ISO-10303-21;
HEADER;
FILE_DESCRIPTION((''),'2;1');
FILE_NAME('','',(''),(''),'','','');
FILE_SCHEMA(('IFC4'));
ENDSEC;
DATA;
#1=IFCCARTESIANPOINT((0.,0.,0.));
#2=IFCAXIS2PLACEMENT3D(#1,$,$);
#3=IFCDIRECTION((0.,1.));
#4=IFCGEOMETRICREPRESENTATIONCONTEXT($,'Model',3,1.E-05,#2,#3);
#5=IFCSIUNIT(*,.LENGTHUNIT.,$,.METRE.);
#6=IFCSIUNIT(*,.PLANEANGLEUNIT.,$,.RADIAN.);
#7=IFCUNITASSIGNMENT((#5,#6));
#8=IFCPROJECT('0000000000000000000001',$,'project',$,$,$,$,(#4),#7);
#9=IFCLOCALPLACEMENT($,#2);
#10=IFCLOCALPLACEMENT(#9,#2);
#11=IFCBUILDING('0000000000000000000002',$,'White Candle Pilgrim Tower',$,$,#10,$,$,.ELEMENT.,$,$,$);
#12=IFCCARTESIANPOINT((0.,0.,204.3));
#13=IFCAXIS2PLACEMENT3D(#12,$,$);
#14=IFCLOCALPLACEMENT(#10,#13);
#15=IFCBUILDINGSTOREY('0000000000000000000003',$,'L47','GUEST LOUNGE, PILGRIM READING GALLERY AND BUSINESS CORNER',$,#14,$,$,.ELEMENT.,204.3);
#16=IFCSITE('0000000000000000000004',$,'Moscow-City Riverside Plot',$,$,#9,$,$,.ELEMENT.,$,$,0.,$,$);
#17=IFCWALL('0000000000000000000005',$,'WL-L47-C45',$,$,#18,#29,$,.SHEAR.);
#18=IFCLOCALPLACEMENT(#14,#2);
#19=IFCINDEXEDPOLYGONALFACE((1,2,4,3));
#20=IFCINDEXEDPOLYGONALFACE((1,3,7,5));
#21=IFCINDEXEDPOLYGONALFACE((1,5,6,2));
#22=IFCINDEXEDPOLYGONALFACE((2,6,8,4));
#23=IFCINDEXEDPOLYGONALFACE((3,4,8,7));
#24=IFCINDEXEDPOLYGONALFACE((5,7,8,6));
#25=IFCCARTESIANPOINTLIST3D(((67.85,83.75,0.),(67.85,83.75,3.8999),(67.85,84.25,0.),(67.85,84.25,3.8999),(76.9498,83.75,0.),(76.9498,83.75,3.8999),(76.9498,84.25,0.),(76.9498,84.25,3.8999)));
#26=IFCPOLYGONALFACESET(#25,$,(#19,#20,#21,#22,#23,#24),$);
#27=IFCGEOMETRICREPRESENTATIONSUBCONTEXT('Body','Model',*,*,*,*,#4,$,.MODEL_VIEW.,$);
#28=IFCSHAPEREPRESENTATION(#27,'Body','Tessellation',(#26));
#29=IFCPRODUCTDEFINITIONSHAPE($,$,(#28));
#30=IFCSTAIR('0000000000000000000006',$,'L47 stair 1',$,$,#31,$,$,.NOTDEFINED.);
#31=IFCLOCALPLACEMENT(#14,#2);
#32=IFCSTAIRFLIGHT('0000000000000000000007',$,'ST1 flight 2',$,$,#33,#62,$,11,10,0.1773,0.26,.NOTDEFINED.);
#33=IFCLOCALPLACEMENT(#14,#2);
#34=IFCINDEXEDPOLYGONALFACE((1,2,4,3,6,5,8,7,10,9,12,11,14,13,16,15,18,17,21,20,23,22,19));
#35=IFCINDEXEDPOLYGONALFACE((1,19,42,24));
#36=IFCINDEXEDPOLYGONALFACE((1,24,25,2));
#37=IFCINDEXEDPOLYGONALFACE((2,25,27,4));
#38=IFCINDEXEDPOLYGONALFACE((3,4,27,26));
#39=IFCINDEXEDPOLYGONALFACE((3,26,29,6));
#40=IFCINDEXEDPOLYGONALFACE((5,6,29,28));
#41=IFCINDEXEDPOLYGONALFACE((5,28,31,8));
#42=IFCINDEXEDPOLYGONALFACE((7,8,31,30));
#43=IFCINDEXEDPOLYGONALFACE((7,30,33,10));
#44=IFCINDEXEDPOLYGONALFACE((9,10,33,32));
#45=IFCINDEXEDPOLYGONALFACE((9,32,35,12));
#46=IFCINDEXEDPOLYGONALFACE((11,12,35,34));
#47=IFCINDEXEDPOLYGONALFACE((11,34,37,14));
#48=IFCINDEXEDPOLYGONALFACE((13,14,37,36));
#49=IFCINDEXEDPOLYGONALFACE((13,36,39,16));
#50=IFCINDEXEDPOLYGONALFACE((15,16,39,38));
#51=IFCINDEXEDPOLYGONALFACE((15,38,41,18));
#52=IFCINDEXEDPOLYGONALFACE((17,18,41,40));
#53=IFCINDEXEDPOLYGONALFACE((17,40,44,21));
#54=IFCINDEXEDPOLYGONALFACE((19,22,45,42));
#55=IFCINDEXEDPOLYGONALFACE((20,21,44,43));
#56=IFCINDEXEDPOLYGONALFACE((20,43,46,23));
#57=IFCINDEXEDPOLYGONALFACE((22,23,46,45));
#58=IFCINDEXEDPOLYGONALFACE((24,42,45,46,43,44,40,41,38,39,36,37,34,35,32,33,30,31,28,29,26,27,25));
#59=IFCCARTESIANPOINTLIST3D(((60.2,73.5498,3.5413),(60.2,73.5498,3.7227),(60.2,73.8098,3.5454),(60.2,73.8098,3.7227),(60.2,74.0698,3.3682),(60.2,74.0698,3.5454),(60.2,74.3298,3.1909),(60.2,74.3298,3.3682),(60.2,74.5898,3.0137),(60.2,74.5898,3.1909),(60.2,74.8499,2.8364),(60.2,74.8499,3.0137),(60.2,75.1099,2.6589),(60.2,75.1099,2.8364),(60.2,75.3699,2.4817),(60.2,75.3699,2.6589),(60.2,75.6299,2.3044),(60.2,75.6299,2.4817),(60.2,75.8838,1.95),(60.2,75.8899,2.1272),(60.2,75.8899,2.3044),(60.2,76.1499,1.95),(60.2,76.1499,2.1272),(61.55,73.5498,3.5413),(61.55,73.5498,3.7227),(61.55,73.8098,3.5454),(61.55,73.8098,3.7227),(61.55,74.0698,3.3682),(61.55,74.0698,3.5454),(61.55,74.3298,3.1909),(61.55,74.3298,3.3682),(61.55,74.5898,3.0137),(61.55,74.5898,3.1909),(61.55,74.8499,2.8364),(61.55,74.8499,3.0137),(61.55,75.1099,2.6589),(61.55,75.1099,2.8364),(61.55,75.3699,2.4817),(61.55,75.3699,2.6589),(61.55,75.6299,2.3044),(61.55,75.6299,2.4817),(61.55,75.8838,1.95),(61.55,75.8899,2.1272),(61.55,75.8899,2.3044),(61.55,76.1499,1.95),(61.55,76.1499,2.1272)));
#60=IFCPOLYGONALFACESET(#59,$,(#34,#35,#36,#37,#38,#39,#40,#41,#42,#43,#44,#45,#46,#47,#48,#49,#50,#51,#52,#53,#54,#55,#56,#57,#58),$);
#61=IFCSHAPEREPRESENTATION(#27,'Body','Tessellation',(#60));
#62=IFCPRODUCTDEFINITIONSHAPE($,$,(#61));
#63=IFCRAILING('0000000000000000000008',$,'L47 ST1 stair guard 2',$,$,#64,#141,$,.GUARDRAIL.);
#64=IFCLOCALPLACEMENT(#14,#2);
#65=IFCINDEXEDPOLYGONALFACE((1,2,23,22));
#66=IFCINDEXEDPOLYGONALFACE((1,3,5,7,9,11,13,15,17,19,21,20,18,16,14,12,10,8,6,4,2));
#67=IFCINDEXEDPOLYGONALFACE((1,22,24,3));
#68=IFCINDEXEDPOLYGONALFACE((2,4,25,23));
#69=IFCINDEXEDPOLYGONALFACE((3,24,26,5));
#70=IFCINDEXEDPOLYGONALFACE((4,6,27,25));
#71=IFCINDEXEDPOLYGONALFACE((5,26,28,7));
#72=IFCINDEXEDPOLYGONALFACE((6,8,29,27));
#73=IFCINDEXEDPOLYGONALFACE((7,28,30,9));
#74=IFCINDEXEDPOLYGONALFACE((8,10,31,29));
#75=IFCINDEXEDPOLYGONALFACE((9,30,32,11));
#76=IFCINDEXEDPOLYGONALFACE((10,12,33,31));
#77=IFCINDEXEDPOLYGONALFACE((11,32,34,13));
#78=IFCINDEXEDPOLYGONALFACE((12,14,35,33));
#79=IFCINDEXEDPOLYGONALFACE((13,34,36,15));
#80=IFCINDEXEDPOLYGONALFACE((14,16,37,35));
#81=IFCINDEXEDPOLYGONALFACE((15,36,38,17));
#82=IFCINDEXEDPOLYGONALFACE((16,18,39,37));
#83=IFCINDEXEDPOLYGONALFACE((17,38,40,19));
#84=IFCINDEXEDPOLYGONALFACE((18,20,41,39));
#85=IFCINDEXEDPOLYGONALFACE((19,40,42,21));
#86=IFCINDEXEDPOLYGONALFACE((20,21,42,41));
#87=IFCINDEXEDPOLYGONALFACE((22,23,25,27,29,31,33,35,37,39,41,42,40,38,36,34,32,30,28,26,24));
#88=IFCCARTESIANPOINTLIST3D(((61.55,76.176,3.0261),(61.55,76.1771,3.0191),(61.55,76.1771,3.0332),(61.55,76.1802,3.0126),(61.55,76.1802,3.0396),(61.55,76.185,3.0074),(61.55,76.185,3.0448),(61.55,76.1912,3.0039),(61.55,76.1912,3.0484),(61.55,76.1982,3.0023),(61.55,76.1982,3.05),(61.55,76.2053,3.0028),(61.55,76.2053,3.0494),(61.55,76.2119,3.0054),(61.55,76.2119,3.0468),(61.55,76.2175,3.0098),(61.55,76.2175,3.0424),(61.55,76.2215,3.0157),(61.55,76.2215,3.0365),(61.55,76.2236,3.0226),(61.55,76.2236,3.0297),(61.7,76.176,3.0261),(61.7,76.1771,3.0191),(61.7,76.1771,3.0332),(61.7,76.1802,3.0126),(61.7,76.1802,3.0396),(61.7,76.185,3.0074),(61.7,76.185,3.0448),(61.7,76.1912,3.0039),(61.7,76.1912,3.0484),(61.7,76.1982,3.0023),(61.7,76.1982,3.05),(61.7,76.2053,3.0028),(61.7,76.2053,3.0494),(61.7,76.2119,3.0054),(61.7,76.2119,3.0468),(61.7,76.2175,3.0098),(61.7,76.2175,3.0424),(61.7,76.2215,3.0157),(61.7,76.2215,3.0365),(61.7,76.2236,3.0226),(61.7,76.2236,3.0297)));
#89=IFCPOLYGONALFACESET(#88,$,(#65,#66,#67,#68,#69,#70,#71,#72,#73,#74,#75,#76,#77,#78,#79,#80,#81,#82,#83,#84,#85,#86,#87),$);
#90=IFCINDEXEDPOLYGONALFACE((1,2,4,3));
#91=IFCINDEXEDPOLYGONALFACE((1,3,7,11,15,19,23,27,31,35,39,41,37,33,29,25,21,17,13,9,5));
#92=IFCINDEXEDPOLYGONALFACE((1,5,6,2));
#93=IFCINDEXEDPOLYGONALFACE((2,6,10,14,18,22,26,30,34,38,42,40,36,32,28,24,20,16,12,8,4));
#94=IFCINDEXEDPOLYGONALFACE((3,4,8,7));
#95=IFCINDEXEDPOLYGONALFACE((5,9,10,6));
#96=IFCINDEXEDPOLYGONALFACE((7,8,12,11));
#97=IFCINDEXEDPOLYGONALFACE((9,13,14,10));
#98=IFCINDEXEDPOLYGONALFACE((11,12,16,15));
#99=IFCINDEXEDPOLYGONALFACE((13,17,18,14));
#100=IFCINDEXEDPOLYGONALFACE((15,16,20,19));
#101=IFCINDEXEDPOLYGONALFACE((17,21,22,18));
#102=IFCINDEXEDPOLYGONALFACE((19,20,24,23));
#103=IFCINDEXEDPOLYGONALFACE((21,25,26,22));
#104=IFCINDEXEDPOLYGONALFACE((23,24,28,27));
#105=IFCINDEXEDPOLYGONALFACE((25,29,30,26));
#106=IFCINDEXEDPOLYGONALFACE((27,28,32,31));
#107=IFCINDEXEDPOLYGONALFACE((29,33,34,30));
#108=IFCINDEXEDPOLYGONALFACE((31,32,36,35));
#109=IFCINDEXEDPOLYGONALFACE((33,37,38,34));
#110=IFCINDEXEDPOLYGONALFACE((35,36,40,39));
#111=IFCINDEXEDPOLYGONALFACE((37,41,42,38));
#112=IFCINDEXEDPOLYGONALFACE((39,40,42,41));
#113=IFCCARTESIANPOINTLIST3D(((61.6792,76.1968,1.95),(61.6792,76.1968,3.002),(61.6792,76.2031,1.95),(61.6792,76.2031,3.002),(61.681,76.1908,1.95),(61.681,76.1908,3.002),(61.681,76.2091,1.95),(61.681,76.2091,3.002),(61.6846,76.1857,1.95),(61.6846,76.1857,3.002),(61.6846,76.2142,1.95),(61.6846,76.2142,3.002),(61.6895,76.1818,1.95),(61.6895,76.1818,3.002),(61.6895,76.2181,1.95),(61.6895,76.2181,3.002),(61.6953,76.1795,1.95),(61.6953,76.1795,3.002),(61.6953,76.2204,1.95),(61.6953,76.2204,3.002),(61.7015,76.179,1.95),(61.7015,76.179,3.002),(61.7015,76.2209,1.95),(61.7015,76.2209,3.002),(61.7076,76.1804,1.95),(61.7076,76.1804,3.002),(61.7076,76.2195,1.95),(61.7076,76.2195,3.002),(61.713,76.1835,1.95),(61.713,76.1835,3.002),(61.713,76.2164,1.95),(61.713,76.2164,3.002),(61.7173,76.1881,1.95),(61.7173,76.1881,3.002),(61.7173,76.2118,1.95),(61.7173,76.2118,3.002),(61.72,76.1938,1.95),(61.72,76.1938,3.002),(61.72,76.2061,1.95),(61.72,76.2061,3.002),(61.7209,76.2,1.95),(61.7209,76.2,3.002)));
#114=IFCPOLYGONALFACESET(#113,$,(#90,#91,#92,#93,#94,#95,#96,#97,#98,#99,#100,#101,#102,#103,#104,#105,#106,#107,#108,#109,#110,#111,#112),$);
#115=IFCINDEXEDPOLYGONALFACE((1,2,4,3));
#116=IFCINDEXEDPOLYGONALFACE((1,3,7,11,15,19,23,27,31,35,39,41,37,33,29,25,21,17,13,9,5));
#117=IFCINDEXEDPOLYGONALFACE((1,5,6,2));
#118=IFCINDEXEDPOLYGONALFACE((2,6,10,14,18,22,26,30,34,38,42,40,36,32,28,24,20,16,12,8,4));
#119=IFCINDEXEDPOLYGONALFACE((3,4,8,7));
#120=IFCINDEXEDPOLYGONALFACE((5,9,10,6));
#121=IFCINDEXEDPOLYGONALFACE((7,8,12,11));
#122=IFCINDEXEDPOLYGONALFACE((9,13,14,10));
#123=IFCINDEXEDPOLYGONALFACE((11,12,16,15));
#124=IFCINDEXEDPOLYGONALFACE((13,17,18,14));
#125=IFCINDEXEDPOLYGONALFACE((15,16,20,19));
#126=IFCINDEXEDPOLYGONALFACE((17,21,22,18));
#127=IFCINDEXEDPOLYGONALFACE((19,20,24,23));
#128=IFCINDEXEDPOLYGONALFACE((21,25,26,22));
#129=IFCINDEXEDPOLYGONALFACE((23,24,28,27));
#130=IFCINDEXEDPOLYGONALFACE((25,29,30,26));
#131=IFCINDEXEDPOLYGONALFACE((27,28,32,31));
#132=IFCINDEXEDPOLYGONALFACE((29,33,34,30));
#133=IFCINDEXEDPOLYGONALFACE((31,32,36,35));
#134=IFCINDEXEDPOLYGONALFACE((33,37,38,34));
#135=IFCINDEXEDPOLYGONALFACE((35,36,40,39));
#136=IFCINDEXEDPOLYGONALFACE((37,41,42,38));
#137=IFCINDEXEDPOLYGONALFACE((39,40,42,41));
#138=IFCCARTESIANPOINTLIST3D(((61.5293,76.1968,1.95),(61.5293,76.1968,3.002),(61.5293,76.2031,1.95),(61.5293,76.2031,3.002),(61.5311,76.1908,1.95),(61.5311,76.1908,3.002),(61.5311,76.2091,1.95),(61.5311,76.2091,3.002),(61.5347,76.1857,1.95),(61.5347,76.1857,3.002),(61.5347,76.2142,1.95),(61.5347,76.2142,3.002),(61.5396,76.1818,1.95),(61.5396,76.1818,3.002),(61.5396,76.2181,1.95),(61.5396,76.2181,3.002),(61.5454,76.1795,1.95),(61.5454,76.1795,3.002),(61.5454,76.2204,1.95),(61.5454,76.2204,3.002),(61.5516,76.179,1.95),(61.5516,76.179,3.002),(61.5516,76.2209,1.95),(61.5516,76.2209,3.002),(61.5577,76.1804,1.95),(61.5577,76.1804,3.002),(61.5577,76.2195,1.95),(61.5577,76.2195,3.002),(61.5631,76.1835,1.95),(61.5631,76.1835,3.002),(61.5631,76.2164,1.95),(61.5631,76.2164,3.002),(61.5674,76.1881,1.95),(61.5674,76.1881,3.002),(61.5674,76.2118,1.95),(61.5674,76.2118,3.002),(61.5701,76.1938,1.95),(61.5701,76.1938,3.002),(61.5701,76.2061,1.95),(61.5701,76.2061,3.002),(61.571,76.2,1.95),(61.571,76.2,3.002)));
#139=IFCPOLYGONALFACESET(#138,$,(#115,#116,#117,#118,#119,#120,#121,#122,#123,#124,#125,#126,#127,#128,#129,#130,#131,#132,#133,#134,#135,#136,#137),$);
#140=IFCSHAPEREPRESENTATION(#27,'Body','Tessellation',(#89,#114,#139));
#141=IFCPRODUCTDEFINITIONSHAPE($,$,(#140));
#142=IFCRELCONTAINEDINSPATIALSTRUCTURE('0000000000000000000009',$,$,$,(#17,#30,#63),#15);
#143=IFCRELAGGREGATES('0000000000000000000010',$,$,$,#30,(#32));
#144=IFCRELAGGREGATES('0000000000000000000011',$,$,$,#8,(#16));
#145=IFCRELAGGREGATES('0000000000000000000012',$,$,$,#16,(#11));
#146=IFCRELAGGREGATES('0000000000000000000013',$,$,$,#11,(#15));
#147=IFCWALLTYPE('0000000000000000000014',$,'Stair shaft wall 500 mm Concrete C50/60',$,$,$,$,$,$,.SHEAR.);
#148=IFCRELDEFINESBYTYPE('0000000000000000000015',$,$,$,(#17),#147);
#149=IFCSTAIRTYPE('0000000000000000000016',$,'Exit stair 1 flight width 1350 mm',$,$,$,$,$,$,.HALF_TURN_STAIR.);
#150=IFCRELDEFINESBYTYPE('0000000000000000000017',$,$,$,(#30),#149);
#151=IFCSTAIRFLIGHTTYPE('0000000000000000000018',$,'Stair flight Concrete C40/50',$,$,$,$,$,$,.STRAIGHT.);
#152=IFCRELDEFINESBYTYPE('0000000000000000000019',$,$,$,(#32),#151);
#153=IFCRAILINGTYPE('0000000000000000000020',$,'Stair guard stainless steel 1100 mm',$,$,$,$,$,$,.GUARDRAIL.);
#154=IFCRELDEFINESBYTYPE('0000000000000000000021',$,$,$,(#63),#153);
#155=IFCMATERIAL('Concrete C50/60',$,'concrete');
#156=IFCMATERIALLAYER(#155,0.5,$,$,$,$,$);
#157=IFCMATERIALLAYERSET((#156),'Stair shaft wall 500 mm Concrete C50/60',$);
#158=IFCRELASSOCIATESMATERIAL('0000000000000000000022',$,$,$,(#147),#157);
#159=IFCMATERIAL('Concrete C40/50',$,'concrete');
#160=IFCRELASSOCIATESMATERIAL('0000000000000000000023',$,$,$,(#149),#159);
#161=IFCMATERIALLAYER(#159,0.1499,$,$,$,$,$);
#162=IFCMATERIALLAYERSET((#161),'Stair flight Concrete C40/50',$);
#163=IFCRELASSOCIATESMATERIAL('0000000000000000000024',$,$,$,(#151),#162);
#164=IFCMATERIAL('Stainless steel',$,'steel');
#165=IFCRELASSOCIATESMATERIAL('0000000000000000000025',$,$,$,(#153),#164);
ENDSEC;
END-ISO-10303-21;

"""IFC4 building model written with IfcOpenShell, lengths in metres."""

from ifc_helpers import new_model, si_unit, direction, frame, frame_2d, origin, origin_2d, place, context, subcontext, project, spatial, polyline, rectangle, circle, outline, extrude, material, layer, layer_set, type_object, element, aggregate, save


model = new_model("IFC4")

# Units and contexts
model_context = context("Model", 3, precision=1e-05, world=origin(), true_north=direction((0.0, 1.0)))
body_context = subcontext(model_context, "Body", "Model", "MODEL_VIEW")
ifc_project = project(units=[si_unit("LENGTHUNIT", "METRE"), si_unit("PLANEANGLEUNIT", "RADIAN")], contexts=[model_context])

# Site, building, storey
site_placement = place(None, origin())
site = spatial("IfcSite", under=ifc_project, at=site_placement, Name="Moscow-City Riverside Plot", CompositionType="ELEMENT", RefElevation=0.0)
building_placement = place(site_placement, origin())
building = spatial("IfcBuilding", under=site, at=building_placement, Name="White Candle Pilgrim Tower", CompositionType="ELEMENT")
storey_placement = place(building_placement, frame((0.0, 0.0, 204.3)))
storey = spatial("IfcBuildingStorey", under=building, at=storey_placement, Name="L47", Description="GUEST LOUNGE, PILGRIM READING GALLERY AND BUSINESS CORNER", CompositionType="ELEMENT", Elevation=204.3)

# Shared definitions
ifc_material_1 = material(Name="Concrete C50/60", Category="concrete")

# Shared definitions
ifc_material_2 = material(Name="Stainless steel", Category="steel")

# Wall
ifc_layer_1 = layer(ifc_material_1, 0.5)
ifc_layer_set_1 = layer_set([ifc_layer_1], Name="Stair shaft wall 500 mm Concrete C50/60")
wall_type_1 = type_object("IfcWallType", Name="Stair shaft wall 500 mm Concrete C50/60", PredefinedType="SHEAR", material=ifc_layer_set_1)
wall_1_placement = place(storey_placement, frame((67.8501, 84.0, 0.0), z_axis=(0.0, 0.0, 1.0), x_axis=(1.0, 0.0, 0.0)))
element("IfcWall", 1, at=wall_1_placement, inside=storey, type_object=wall_type_1, Name="WL-L47-C45", PredefinedType="SHEAR", context=body_context, shape_type="SweptSolid", body=[
    extrude(rectangle(XDim=9.0999, YDim=0.5, at=frame_2d((4.5498, 0.0))), origin(), (0.0, 0.0, 1.0), 3.8999),
])

# Stair, stair flight
ifc_material_3 = material(Name="Concrete C40/50", Category="concrete")
stair_type = type_object("IfcStairType", Name="Exit stair 1 flight width 1350 mm", PredefinedType="HALF_TURN_STAIR", material=ifc_material_3)
stair_placement = place(storey_placement, origin())
stair = element("IfcStair", 2, at=stair_placement, inside=storey, type_object=stair_type, Name="L47 stair 1", PredefinedType="NOTDEFINED")
ifc_layer_2 = layer(ifc_material_3, 0.1499)
ifc_layer_set_2 = layer_set([ifc_layer_2], Name="Stair flight Concrete C40/50")
stair_flight_type = type_object("IfcStairFlightType", Name="Stair flight Concrete C40/50", PredefinedType="STRAIGHT", material=ifc_layer_set_2)
stair_flight_placement = place(storey_placement, frame((60.875, 76.1499, 1.95), z_axis=(0.0, 0.0, 1.0), x_axis=(0.0, -1.0, 0.0)))
stair_flight = element("IfcStairFlight", 3, at=stair_flight_placement, type_object=stair_flight_type, Name="ST1 flight 2", NumberOfRisers=11, NumberOfTreads=10, PredefinedType="NOTDEFINED", RiserHeight=0.1773, TreadLength=0.26, context=body_context, shape_type="SweptSolid", body=[
    extrude(outline(polyline([(0.0, 0.0), (0.0, 0.1772), (0.26, 0.1772), (0.26, 0.3545), (0.52, 0.3545), (0.52, 0.5317), (0.78, 0.5317), (0.78, 0.709), (1.04, 0.709), (1.04, 0.8865), (1.3, 0.8865), (1.3, 1.0637), (1.5601, 1.0637), (1.5601, 1.241), (1.8201, 1.241), (1.8201, 1.4182), (2.0801, 1.4182), (2.0801, 1.5955), (2.3401, 1.5955), (2.3401, 1.7727), (2.6001, 1.7727), (2.6001, 1.95), (2.6001, 1.5913), (0.2661, 0.0), (0.0, 0.0)])), frame((0.0, 0.675, 0.0), z_axis=(0.0, -1.0, 0.0), x_axis=(1.0, 0.0, 0.0)), (0.0, 0.0, 1.0), 1.3501),
])
aggregate(stair, [stair_flight])

# Railing
railing_type_1 = type_object("IfcRailingType", Name="Stair guard stainless steel 1100 mm", PredefinedType="GUARDRAIL", material=ifc_material_2)
railing_1_placement = place(storey_placement, frame((61.7, 76.2, 1.95)))
element("IfcRailing", 4, at=railing_1_placement, inside=storey, type_object=railing_type_1, Name="L47 ST1 stair guard 2", PredefinedType="GUARDRAIL", context=body_context, shape_type="SweptSolid", body=[
    extrude(circle(Radius=0.0239, at=origin_2d()), frame((0.0, 0.0, 1.0762), z_axis=(-1.0, 0.0, 0.0), x_axis=(0.0, -1.0, 0.0)), (0.0, 0.0, 1.0), 0.1499),
    extrude(circle(Radius=0.021, at=origin_2d()), origin(), (0.0, 0.0, 1.0), 1.052),
    extrude(circle(Radius=0.021, at=origin_2d()), frame((-0.1499, 0.0, 0.0)), (0.0, 0.0, 1.0), 1.052),
])

save(model, "model.ifc")
